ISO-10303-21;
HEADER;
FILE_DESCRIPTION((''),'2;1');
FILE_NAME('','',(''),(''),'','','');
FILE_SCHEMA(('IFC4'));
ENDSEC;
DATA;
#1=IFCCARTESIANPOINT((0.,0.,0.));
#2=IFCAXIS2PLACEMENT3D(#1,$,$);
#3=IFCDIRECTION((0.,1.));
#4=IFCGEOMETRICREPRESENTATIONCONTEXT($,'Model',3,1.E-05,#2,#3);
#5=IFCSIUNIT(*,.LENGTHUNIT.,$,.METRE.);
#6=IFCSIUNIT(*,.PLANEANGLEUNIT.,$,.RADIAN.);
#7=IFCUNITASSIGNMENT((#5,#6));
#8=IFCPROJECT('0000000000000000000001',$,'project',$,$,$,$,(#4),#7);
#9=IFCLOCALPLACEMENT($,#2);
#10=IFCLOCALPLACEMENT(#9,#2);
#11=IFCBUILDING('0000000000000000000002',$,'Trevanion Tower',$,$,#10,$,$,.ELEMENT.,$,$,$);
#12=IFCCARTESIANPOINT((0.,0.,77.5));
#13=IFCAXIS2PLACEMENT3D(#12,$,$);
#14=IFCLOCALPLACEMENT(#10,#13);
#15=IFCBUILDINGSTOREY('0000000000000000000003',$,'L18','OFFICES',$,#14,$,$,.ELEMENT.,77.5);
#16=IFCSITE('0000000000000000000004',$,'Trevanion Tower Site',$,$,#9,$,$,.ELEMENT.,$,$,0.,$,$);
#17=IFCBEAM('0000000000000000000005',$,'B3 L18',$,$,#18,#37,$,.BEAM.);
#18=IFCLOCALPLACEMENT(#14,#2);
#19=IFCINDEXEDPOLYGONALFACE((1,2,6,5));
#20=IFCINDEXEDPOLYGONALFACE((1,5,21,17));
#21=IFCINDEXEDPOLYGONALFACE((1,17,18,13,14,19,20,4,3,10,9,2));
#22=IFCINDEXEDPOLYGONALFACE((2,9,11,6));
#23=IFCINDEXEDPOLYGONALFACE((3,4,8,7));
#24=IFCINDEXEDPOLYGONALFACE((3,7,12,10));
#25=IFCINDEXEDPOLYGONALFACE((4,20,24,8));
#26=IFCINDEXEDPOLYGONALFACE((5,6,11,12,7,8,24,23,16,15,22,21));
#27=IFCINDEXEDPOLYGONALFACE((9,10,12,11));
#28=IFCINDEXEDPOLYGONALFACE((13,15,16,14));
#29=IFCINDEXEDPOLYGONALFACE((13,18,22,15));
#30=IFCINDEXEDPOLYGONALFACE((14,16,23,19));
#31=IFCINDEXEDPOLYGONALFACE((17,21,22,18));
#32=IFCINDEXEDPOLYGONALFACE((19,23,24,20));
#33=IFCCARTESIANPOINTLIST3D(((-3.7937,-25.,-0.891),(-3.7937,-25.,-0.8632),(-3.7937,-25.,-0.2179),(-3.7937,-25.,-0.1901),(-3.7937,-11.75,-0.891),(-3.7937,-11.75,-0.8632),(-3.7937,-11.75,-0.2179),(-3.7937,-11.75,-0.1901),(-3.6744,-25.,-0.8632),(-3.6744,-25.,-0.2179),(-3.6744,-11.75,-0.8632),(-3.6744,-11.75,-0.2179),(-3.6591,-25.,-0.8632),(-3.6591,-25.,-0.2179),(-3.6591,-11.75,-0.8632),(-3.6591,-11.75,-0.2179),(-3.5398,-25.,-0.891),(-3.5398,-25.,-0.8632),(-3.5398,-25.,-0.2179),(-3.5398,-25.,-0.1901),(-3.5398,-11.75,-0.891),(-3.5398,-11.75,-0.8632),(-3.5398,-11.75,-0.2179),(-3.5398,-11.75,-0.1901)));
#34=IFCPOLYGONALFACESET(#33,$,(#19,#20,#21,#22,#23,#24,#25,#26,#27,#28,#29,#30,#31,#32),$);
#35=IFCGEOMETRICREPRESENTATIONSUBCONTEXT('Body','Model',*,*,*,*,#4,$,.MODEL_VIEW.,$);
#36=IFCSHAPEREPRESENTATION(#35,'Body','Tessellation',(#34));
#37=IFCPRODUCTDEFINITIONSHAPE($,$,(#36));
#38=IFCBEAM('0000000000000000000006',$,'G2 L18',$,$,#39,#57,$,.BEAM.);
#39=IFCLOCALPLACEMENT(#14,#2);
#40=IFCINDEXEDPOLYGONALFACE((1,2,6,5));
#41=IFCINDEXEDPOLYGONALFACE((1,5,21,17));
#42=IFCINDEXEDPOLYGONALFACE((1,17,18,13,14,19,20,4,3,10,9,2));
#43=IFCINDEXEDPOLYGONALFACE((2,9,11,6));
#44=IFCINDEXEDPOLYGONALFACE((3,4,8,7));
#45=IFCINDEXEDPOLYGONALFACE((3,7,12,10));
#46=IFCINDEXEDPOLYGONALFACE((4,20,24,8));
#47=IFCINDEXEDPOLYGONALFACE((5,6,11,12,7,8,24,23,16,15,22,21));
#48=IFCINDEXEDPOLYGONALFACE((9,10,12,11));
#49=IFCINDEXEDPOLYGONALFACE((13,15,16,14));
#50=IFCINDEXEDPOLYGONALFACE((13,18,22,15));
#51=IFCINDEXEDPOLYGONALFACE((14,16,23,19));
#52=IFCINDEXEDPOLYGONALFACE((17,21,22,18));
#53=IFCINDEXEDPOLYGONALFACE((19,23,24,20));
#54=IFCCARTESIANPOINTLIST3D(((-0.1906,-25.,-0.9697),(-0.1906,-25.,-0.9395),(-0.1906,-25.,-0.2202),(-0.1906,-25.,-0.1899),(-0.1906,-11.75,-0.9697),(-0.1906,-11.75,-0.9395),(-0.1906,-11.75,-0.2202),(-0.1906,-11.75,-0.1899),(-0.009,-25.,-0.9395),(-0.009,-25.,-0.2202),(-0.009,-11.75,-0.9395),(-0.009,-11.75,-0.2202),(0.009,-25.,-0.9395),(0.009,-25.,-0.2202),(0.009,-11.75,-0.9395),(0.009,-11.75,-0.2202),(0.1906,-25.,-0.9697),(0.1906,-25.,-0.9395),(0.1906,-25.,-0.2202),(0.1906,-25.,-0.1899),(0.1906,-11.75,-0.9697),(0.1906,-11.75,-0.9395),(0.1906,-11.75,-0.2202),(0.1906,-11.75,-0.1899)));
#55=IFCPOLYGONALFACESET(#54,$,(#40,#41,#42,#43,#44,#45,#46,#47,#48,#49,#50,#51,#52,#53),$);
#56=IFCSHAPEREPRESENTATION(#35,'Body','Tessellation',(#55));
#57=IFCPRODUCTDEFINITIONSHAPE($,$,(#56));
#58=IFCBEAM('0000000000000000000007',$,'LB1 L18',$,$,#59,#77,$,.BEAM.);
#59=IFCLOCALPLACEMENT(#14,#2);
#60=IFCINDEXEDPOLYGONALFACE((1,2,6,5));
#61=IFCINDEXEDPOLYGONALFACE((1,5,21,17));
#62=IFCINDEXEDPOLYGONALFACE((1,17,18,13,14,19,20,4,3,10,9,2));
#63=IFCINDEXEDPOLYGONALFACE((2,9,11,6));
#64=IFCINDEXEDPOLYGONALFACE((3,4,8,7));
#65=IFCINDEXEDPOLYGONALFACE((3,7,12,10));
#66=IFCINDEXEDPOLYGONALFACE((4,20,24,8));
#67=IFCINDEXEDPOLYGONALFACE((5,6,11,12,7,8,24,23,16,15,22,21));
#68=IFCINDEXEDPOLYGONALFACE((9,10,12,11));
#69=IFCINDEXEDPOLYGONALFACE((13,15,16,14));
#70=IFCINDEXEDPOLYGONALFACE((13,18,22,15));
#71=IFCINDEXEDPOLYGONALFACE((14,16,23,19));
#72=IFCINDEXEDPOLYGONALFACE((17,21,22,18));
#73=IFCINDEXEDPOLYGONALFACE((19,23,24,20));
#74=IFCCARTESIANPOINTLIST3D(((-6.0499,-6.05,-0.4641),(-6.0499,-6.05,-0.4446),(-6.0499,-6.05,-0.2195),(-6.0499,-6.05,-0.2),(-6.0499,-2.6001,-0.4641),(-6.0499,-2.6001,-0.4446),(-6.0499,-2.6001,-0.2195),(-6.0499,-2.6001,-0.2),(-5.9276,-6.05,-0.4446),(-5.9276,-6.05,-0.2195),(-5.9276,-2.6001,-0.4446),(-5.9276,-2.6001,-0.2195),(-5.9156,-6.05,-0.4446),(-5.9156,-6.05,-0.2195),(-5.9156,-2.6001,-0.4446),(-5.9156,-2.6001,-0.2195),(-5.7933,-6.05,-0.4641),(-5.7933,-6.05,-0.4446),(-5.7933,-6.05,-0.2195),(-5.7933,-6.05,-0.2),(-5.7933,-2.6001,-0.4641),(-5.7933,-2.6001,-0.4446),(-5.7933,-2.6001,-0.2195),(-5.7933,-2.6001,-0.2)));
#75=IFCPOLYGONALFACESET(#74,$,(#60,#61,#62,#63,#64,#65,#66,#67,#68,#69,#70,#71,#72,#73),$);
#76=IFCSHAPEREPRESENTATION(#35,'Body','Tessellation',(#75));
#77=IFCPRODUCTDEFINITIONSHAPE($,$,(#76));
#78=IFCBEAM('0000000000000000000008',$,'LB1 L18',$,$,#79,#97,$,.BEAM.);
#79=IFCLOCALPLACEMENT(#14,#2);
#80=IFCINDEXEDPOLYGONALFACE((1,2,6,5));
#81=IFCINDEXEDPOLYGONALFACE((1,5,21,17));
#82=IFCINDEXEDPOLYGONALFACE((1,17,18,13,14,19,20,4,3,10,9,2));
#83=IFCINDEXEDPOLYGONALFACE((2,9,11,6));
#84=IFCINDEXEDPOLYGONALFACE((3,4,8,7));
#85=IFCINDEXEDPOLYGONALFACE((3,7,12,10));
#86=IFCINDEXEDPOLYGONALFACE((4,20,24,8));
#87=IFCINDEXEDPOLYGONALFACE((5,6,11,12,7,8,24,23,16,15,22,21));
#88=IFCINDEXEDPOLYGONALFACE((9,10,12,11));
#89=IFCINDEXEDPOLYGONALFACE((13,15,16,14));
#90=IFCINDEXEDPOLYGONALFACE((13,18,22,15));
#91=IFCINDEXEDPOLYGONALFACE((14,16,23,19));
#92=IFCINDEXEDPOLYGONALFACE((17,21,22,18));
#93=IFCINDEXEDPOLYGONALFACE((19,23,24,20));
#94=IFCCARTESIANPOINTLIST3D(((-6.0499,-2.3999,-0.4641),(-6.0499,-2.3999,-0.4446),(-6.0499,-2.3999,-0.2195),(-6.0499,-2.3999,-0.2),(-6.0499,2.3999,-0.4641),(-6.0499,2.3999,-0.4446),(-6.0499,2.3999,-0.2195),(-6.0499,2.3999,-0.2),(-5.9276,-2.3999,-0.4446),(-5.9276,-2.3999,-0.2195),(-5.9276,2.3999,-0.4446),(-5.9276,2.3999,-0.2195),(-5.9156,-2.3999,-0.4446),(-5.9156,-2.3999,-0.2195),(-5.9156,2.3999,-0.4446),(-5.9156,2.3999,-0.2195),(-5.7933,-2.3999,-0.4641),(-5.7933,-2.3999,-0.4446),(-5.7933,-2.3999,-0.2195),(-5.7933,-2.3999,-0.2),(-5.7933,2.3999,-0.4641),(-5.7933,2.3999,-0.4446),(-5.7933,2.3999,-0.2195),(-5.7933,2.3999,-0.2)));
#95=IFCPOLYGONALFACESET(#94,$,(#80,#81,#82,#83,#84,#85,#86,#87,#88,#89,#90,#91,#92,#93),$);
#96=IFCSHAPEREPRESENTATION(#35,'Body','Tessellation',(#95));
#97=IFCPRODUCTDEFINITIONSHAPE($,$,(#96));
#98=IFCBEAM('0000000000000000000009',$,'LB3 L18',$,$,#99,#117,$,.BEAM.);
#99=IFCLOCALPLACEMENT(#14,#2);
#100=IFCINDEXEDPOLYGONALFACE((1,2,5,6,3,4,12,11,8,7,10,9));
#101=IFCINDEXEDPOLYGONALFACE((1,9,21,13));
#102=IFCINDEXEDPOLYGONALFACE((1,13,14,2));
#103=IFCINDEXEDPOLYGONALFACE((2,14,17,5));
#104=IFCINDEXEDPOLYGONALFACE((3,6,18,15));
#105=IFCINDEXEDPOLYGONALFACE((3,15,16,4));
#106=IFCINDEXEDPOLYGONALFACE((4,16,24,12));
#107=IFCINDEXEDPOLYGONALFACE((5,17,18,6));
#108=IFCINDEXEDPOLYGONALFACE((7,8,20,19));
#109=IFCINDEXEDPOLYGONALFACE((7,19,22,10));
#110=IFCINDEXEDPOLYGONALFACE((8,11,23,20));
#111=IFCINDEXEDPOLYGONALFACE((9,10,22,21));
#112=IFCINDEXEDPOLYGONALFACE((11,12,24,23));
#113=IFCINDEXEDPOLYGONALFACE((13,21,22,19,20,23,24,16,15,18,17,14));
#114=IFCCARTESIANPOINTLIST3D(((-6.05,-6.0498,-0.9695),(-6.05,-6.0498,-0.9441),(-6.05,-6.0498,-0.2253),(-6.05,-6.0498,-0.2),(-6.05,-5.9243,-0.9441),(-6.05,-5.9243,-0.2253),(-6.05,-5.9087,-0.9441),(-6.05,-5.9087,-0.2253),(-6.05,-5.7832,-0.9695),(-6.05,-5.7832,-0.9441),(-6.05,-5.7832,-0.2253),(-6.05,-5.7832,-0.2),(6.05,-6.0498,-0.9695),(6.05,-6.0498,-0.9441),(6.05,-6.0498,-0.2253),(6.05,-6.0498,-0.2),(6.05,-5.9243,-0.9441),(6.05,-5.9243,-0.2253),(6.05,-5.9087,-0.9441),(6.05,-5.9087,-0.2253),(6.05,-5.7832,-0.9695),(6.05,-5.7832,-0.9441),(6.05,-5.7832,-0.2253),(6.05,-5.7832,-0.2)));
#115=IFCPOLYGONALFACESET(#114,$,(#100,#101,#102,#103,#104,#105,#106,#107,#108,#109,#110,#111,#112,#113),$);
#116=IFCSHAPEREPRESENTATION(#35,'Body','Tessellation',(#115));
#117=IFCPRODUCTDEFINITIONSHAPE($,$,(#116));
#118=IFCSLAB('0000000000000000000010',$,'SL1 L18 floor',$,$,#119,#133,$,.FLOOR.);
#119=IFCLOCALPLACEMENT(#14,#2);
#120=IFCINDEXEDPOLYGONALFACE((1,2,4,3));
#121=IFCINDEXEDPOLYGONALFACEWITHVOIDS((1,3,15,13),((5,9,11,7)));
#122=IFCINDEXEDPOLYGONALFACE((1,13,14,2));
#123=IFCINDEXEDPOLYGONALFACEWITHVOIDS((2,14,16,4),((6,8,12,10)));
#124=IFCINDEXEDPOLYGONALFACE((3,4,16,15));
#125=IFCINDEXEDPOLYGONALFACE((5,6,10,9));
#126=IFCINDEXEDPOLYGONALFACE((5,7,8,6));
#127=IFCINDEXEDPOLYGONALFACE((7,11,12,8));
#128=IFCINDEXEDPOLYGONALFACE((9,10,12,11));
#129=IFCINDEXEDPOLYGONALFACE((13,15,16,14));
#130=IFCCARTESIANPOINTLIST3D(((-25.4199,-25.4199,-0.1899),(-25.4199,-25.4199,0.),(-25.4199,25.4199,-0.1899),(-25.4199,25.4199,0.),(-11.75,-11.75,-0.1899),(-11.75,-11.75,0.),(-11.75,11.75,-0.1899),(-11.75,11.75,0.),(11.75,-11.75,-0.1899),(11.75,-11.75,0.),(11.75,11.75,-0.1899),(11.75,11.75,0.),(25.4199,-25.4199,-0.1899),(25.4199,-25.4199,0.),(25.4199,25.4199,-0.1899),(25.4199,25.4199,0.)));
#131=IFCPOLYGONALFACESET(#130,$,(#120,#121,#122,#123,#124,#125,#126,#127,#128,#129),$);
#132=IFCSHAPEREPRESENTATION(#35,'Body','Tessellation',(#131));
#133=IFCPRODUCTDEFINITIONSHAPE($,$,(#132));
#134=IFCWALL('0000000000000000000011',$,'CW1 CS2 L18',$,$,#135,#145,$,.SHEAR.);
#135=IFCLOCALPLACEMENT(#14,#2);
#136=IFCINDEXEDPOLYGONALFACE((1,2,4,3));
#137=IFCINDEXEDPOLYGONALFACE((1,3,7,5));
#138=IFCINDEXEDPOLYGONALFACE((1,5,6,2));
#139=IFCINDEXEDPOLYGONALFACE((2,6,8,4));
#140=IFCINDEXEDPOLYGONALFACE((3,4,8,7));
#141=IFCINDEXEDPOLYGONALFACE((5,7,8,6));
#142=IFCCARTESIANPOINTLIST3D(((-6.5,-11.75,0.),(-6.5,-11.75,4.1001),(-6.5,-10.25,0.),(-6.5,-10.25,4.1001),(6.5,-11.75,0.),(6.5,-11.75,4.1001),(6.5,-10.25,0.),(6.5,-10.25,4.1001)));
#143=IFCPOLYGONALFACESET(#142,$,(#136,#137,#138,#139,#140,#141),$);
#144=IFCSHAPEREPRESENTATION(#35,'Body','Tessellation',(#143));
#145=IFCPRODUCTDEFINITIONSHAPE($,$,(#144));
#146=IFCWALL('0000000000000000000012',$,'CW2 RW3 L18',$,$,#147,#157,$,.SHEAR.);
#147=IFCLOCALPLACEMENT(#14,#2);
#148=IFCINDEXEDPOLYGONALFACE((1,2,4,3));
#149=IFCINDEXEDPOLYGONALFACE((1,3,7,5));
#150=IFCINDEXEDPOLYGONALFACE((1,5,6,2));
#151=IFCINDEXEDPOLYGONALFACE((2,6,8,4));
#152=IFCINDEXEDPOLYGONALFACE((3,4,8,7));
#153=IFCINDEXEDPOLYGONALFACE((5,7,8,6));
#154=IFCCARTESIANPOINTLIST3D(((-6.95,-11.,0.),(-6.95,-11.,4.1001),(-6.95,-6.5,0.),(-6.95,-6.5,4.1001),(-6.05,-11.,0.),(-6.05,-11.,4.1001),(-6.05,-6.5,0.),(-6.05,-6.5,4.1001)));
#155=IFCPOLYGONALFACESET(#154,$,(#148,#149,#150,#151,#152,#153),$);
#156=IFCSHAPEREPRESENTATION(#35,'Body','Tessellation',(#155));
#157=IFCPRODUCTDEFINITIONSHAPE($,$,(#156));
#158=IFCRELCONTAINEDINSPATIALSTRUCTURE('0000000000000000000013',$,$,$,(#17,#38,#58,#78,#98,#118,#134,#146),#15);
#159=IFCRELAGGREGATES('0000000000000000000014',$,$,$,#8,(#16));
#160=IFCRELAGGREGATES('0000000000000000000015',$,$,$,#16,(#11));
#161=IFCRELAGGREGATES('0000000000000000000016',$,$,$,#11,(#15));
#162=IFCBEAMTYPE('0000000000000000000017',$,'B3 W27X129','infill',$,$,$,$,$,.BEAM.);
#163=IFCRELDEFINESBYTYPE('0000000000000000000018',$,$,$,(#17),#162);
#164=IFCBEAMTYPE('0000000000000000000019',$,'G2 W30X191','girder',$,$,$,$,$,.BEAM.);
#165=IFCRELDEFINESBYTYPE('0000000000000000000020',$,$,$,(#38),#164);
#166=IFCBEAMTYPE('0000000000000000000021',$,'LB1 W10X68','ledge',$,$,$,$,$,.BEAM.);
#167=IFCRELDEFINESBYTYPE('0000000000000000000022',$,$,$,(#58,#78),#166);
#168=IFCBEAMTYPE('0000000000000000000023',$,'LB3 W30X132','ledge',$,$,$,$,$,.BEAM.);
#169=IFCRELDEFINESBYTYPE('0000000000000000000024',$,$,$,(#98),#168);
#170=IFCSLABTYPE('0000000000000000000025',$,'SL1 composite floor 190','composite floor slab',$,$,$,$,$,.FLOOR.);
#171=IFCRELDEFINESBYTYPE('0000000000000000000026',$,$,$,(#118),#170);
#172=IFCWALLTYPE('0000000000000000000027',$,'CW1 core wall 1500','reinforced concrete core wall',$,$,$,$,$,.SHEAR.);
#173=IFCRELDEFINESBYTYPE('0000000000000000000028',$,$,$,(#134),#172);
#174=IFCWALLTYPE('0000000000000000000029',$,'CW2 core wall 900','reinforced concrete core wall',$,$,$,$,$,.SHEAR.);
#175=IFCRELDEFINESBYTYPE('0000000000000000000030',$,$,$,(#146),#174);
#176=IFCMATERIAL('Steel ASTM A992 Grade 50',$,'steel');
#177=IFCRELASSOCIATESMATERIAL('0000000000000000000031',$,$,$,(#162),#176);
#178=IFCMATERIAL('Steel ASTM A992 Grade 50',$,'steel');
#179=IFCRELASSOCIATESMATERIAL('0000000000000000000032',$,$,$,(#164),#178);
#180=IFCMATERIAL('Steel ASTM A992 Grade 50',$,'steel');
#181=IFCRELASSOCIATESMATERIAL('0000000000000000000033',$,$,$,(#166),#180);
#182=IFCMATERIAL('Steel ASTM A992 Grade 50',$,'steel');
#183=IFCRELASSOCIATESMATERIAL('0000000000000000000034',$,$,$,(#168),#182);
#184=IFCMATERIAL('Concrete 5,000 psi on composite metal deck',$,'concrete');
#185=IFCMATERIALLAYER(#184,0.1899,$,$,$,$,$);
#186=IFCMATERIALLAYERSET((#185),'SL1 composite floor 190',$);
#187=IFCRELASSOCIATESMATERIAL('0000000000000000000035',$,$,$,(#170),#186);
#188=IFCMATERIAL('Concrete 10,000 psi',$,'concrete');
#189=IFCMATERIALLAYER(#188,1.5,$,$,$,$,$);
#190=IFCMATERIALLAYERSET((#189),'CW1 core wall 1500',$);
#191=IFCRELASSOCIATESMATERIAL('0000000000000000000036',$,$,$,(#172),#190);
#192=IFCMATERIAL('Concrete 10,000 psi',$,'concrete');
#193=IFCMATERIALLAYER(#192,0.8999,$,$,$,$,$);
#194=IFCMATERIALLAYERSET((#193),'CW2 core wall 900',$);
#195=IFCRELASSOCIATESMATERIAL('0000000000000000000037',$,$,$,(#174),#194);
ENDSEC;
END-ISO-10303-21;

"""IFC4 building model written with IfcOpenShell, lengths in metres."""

from ifc_helpers import new_model, si_unit, direction, frame, frame_2d, origin, origin_2d, place, context, subcontext, project, spatial, polyline, rectangle, i_section, outline, extrude, material, layer, layer_set, material_profile, profile_set, type_object, element, save


model = new_model("IFC4")

# Units and contexts
model_context = context("Model", 3, precision=1e-05, world=origin(), true_north=direction((0.0, 1.0)))
body_context = subcontext(model_context, "Body", "Model", "MODEL_VIEW")
ifc_project = project(units=[si_unit("LENGTHUNIT", "METRE"), si_unit("PLANEANGLEUNIT", "RADIAN")], contexts=[model_context])

# Site, building, storey
site_placement = place(None, origin())
site = spatial("IfcSite", under=ifc_project, at=site_placement, Name="Trevanion Tower Site", CompositionType="ELEMENT", RefElevation=0.0)
building_placement = place(site_placement, origin())
building = spatial("IfcBuilding", under=site, at=building_placement, Name="Trevanion Tower", CompositionType="ELEMENT")
storey_placement = place(building_placement, frame((0.0, 0.0, 77.5)))
storey = spatial("IfcBuildingStorey", under=building, at=storey_placement, Name="L18", Description="OFFICES", CompositionType="ELEMENT", Elevation=77.5)

# Beams
ifc_material_1 = material(Name="Steel ASTM A992 Grade 50", Category="steel")
ifc_material_profile_1 = material_profile(ifc_material_1, i_section(OverallWidth=0.2539, OverallDepth=0.7009, WebThickness=0.0154, FlangeThickness=0.0278, at=origin_2d()), Name="W27X129")
ifc_profile_set_1 = profile_set([ifc_material_profile_1], Name="Steel ASTM A992 Grade 50")
beam_type_1 = type_object("IfcBeamType", Name="B3 W27X129", Description="infill", PredefinedType="BEAM", material=ifc_profile_set_1)
beam_1_placement = place(storey_placement, frame((-3.6667, -11.75, -0.5405), z_axis=(0.0, -1.0, 0.0), x_axis=(1.0, 0.0, 0.0)))
element("IfcBeam", 1, at=beam_1_placement, inside=storey, type_object=beam_type_1, Name="B3 L18", PredefinedType="BEAM", context=body_context, shape_type="SweptSolid", body=[
    extrude(i_section(OverallWidth=0.2539, OverallDepth=0.7009, WebThickness=0.0154, FlangeThickness=0.0278, at=origin_2d()), origin(), (0.0, 0.0, 1.0), 13.25),
])
ifc_material_2 = material(Name="Steel ASTM A992 Grade 50", Category="steel")
ifc_material_profile_2 = material_profile(ifc_material_2, i_section(OverallWidth=0.3811, OverallDepth=0.7798, WebThickness=0.0181, FlangeThickness=0.0303, at=origin_2d()), Name="W30X191")
ifc_profile_set_2 = profile_set([ifc_material_profile_2], Name="Steel ASTM A992 Grade 50")
beam_type_2 = type_object("IfcBeamType", Name="G2 W30X191", Description="girder", PredefinedType="BEAM", material=ifc_profile_set_2)
beam_2_placement = place(storey_placement, frame((0.0, -11.75, -0.5798), z_axis=(0.0, -1.0, 0.0), x_axis=(1.0, 0.0, 0.0)))
element("IfcBeam", 2, at=beam_2_placement, inside=storey, type_object=beam_type_2, Name="G2 L18", PredefinedType="BEAM", context=body_context, shape_type="SweptSolid", body=[
    extrude(i_section(OverallWidth=0.3811, OverallDepth=0.7798, WebThickness=0.0181, FlangeThickness=0.0303, at=origin_2d()), origin(), (0.0, 0.0, 1.0), 13.25),
])
ifc_material_3 = material(Name="Steel ASTM A992 Grade 50", Category="steel")
ifc_material_profile_3 = material_profile(ifc_material_3, i_section(OverallWidth=0.2566, OverallDepth=0.2642, WebThickness=0.012, FlangeThickness=0.0195, at=origin_2d()), Name="W10X68")
ifc_profile_set_3 = profile_set([ifc_material_profile_3], Name="Steel ASTM A992 Grade 50")
beam_type_3 = type_object("IfcBeamType", Name="LB1 W10X68", Description="ledge", PredefinedType="BEAM", material=ifc_profile_set_3)
beam_3_placement = place(storey_placement, frame((-5.9216, -6.05, -0.332), z_axis=(0.0, 1.0, 0.0), x_axis=(-1.0, 0.0, 0.0)))
element("IfcBeam", 3, at=beam_3_placement, inside=storey, type_object=beam_type_3, Name="LB1 L18", PredefinedType="BEAM", context=body_context, shape_type="SweptSolid", body=[
    extrude(i_section(OverallWidth=0.2566, OverallDepth=0.2642, WebThickness=0.012, FlangeThickness=0.0195, at=origin_2d()), origin(), (0.0, 0.0, 1.0), 3.45),
])
beam_4_placement = place(storey_placement, frame((-5.9216, -2.3999, -0.332), z_axis=(0.0, 1.0, 0.0), x_axis=(-1.0, 0.0, 0.0)))
element("IfcBeam", 4, at=beam_4_placement, inside=storey, type_object=beam_type_3, Name="LB1 L18", PredefinedType="BEAM", context=body_context, shape_type="SweptSolid", body=[
    extrude(i_section(OverallWidth=0.2566, OverallDepth=0.2642, WebThickness=0.012, FlangeThickness=0.0195, at=origin_2d()), origin(), (0.0, 0.0, 1.0), 4.7998),
])
ifc_material_4 = material(Name="Steel ASTM A992 Grade 50", Category="steel")
ifc_material_profile_4 = material_profile(ifc_material_4, i_section(OverallWidth=0.2666, OverallDepth=0.7695, WebThickness=0.0156, FlangeThickness=0.0254, at=origin_2d()), Name="W30X132")
ifc_profile_set_4 = profile_set([ifc_material_profile_4], Name="Steel ASTM A992 Grade 50")
beam_type_4 = type_object("IfcBeamType", Name="LB3 W30X132", Description="ledge", PredefinedType="BEAM", material=ifc_profile_set_4)
beam_5_placement = place(storey_placement, frame((-6.05, -5.9165, -0.5847), z_axis=(1.0, 0.0, 0.0), x_axis=(0.0, 1.0, 0.0)))
element("IfcBeam", 5, at=beam_5_placement, inside=storey, type_object=beam_type_4, Name="LB3 L18", PredefinedType="BEAM", context=body_context, shape_type="SweptSolid", body=[
    extrude(i_section(OverallWidth=0.2666, OverallDepth=0.7695, WebThickness=0.0156, FlangeThickness=0.0254, at=origin_2d()), origin(), (0.0, 0.0, 1.0), 12.1001),
])

# Slab
ifc_material_5 = material(Name="Concrete 5,000 psi on composite metal deck", Category="concrete")
ifc_layer_1 = layer(ifc_material_5, 0.1899)
ifc_layer_set_1 = layer_set([ifc_layer_1], Name="SL1 composite floor 190")
slab_type = type_object("IfcSlabType", Name="SL1 composite floor 190", Description="composite floor slab", PredefinedType="FLOOR", material=ifc_layer_set_1)
slab_placement = place(storey_placement, frame((0.0, 0.0, -0.1899)))
element("IfcSlab", 6, at=slab_placement, inside=storey, type_object=slab_type, Name="SL1 L18 floor", PredefinedType="FLOOR", context=body_context, shape_type="SweptSolid", body=[
    extrude(outline(polyline([(25.4199, -25.4199), (25.4199, 25.4199), (-25.4199, 25.4199), (-25.4199, -25.4199), (25.4199, -25.4199)]), holes=[polyline([(11.75, -11.75), (11.75, 11.75), (-11.75, 11.75), (-11.75, -11.75), (11.75, -11.75)])]), origin(), (0.0, 0.0, 1.0), 0.1899),
])

# Walls
ifc_material_6 = material(Name="Concrete 10,000 psi", Category="concrete")
ifc_layer_2 = layer(ifc_material_6, 1.5)
ifc_layer_set_2 = layer_set([ifc_layer_2], Name="CW1 core wall 1500")
wall_type_1 = type_object("IfcWallType", Name="CW1 core wall 1500", Description="reinforced concrete core wall", PredefinedType="SHEAR", material=ifc_layer_set_2)
wall_1_placement = place(storey_placement, frame((-6.5, -11.0, 0.0), z_axis=(0.0, 0.0, 1.0), x_axis=(1.0, 0.0, 0.0)))
element("IfcWall", 7, at=wall_1_placement, inside=storey, type_object=wall_type_1, Name="CW1 CS2 L18", PredefinedType="SHEAR", context=body_context, shape_type="SweptSolid", body=[
    extrude(rectangle(XDim=13.0, YDim=1.5, at=frame_2d((6.5, 0.0))), origin(), (0.0, 0.0, 1.0), 4.1001),
])
ifc_material_7 = material(Name="Concrete 10,000 psi", Category="concrete")
ifc_layer_3 = layer(ifc_material_7, 0.8999)
ifc_layer_set_3 = layer_set([ifc_layer_3], Name="CW2 core wall 900")
wall_type_2 = type_object("IfcWallType", Name="CW2 core wall 900", Description="reinforced concrete core wall", PredefinedType="SHEAR", material=ifc_layer_set_3)
wall_2_placement = place(storey_placement, frame((-6.5, -6.5, 0.0), z_axis=(0.0, 0.0, 1.0), x_axis=(0.0, -1.0, 0.0)))
element("IfcWall", 8, at=wall_2_placement, inside=storey, type_object=wall_type_2, Name="CW2 RW3 L18", PredefinedType="SHEAR", context=body_context, shape_type="SweptSolid", body=[
    extrude(rectangle(XDim=4.5, YDim=0.8999, at=frame_2d((2.25, 0.0))), origin(), (0.0, 0.0, 1.0), 4.1001),
])

save(model, "model.ifc")
